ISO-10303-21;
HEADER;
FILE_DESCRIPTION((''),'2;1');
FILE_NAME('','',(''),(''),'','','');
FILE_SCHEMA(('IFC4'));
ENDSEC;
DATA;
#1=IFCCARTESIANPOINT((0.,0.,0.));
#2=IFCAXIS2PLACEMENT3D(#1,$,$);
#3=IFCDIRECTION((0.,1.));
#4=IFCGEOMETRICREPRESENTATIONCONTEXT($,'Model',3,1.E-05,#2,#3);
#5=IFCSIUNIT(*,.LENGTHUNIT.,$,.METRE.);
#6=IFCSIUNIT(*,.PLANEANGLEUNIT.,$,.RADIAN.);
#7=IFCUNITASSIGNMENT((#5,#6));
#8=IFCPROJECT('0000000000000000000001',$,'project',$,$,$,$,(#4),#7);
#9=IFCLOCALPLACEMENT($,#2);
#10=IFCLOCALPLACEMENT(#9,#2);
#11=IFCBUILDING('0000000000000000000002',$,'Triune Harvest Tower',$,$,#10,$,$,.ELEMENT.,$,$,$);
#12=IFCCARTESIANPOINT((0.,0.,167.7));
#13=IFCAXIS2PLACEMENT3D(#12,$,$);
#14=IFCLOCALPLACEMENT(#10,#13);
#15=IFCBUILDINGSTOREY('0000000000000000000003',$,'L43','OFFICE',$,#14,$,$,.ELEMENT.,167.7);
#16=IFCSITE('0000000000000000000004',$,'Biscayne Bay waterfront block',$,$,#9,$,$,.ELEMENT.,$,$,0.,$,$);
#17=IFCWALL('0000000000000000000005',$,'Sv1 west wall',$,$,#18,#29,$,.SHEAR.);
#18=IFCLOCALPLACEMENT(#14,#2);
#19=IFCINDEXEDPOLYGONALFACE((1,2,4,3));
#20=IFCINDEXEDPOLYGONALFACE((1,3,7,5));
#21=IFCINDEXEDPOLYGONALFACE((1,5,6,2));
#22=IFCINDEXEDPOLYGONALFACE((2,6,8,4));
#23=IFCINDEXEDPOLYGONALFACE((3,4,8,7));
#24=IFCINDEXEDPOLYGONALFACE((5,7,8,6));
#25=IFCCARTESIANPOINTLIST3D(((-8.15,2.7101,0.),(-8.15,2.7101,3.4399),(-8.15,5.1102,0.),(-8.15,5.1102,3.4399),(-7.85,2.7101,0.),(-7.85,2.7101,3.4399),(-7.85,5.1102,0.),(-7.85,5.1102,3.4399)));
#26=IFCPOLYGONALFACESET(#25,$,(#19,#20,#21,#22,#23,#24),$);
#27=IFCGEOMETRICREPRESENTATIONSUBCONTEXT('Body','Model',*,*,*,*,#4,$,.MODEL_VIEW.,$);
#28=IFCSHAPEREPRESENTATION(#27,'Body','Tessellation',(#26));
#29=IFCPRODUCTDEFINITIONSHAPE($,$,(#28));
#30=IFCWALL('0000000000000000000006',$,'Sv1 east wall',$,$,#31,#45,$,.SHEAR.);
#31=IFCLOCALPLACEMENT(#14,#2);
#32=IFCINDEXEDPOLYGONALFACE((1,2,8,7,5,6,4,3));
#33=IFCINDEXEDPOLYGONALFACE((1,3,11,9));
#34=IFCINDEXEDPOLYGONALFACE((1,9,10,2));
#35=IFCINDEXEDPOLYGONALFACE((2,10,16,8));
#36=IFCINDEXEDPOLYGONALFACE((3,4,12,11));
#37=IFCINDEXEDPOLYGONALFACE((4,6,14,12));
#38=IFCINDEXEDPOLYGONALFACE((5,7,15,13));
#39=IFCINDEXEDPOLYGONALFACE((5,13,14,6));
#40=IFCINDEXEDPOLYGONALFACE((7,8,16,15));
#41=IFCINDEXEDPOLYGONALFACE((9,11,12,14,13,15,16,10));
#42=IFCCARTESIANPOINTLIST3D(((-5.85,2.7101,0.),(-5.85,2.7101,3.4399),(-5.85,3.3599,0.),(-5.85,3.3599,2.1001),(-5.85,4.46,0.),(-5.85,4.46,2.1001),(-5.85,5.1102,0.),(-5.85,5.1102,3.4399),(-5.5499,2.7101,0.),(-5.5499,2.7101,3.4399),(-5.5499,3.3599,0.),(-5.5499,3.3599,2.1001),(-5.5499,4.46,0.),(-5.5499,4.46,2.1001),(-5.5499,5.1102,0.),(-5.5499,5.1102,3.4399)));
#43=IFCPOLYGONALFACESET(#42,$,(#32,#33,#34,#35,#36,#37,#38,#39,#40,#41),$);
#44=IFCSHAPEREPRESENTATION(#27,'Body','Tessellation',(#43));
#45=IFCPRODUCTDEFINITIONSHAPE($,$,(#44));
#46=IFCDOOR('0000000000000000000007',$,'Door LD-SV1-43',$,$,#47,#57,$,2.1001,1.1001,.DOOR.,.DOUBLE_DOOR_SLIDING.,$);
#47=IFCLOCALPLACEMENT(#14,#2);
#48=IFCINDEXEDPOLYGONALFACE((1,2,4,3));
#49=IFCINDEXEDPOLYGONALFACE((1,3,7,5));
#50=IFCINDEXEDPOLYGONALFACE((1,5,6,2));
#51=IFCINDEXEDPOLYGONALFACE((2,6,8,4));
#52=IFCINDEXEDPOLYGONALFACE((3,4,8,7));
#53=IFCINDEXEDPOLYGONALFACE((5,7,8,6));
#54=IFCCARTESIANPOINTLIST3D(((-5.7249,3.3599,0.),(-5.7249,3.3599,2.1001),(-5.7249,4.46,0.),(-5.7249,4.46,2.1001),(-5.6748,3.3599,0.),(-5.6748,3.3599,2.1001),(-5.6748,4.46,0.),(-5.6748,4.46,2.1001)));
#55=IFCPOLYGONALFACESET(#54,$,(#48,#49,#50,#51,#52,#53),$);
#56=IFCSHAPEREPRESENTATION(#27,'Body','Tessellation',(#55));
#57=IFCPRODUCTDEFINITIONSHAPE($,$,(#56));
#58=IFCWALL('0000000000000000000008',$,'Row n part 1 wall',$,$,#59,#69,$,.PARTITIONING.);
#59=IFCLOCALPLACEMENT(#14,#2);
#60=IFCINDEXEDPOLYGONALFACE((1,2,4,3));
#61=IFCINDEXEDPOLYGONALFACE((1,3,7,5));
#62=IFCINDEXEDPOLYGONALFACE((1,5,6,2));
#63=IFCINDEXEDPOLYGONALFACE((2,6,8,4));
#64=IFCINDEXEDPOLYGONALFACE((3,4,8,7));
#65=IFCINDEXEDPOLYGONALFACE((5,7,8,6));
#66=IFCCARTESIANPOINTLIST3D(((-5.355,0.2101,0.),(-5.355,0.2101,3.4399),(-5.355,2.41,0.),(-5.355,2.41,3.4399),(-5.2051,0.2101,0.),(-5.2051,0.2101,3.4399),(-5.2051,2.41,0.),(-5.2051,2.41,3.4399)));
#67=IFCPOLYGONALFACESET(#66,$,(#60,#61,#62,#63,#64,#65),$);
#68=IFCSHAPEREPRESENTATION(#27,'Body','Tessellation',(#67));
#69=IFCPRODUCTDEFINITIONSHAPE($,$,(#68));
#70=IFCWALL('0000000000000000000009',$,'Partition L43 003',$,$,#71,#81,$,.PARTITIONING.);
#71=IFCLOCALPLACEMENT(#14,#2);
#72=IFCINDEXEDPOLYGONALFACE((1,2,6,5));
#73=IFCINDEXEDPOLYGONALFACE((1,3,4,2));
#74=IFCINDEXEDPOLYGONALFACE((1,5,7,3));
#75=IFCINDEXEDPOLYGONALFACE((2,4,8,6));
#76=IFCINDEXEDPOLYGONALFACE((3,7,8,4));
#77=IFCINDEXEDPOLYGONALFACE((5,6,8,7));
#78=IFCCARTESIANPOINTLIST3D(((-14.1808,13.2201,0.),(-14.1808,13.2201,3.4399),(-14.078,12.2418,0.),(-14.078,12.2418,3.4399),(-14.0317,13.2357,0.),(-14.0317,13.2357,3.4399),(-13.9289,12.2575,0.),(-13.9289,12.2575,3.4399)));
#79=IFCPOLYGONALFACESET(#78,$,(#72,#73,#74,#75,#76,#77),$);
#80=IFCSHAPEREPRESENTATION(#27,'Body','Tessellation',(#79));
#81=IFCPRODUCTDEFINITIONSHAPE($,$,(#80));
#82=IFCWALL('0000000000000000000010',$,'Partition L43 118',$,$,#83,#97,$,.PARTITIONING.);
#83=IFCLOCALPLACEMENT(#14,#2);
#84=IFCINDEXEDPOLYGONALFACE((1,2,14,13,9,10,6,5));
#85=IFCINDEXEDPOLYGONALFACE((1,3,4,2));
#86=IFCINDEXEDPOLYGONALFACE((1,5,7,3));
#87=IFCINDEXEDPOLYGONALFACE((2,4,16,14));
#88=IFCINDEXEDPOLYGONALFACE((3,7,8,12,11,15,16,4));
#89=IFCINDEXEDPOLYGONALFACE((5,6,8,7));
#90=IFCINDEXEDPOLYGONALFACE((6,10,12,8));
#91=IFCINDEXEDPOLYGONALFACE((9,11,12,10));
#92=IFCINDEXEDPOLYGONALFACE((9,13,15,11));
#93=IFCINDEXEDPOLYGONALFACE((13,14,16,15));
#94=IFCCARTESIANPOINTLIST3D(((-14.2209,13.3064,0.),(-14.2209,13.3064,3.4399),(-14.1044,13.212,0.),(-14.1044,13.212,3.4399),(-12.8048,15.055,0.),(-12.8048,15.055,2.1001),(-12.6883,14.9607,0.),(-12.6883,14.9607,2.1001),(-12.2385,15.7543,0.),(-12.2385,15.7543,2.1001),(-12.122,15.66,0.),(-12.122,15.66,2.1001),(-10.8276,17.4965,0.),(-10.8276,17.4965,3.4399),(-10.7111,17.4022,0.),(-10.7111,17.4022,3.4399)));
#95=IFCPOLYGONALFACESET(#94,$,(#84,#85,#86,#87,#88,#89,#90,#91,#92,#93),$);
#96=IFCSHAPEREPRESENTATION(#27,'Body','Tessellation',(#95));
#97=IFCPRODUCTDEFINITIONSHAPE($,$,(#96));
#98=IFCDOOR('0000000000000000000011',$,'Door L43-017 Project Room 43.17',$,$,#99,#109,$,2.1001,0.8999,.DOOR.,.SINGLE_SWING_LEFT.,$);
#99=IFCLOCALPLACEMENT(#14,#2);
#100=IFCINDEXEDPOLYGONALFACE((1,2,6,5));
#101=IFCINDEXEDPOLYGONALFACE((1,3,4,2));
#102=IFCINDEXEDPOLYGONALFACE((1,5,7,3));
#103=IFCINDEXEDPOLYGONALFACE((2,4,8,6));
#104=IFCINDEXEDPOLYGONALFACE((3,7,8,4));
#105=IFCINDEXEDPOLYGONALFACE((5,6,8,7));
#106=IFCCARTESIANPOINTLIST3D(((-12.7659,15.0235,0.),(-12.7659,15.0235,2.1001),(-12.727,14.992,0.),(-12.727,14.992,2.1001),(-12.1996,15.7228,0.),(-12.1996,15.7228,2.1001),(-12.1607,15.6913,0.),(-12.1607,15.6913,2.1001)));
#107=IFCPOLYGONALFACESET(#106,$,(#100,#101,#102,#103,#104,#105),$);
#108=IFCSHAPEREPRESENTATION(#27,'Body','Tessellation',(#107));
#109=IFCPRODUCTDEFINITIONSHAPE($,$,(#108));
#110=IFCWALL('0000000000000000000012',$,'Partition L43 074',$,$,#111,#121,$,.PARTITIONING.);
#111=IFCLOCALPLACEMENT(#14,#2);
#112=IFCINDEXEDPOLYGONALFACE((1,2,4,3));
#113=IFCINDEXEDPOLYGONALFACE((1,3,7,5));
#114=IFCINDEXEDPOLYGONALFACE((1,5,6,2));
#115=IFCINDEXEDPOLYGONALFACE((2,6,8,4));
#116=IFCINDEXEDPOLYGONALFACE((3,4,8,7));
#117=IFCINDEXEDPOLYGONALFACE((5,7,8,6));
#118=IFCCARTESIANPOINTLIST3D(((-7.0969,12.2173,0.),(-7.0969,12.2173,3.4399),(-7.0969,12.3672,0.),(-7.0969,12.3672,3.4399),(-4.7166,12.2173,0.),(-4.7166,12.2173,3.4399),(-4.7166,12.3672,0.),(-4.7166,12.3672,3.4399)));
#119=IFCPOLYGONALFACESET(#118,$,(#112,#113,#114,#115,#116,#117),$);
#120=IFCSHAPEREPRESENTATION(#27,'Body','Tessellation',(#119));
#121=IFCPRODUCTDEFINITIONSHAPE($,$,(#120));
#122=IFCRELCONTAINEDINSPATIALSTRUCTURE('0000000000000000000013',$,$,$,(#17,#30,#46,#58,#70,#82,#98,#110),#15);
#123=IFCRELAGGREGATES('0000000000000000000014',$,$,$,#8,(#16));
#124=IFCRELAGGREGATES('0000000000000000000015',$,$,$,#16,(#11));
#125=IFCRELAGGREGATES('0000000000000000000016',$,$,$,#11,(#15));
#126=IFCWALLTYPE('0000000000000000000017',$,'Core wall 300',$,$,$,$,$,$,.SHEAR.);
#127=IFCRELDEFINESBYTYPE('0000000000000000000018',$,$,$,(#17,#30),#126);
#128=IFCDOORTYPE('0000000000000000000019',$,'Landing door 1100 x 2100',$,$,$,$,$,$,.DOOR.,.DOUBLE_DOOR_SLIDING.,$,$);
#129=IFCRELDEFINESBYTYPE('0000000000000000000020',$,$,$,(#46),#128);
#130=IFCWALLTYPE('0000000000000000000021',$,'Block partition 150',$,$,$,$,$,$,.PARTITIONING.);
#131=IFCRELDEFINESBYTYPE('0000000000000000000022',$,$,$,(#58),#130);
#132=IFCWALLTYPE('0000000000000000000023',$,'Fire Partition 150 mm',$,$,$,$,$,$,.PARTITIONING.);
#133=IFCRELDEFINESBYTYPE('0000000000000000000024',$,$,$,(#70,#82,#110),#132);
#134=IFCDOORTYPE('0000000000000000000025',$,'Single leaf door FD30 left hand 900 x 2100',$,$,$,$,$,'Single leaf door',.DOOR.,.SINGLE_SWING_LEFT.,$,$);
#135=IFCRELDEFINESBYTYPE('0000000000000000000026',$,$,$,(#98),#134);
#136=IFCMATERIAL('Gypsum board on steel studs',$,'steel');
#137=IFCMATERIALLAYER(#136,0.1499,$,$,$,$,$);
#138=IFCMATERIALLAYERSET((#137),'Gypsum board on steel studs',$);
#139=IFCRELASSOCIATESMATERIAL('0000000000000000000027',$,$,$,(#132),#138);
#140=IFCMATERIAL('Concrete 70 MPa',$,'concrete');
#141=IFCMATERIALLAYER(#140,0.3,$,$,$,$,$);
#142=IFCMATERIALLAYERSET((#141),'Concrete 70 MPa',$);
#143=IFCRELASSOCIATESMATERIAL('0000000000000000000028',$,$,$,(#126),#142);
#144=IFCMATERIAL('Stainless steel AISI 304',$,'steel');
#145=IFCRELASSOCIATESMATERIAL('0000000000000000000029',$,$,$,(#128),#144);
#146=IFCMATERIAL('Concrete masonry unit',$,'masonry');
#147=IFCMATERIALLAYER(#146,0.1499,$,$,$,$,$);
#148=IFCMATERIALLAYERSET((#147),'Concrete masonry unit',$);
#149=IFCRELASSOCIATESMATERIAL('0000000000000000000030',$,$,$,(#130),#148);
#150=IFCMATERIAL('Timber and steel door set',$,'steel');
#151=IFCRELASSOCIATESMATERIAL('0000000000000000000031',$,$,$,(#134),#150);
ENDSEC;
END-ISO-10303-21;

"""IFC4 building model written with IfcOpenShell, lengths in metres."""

from ifc_helpers import new_model, si_unit, direction, frame, frame_2d, origin, place, context, subcontext, project, spatial, rectangle, extrude, source, transform, mapped, material, layer, layer_set, type_object, element, fill, save


model = new_model("IFC4")

# Units and contexts
model_context = context("Model", 3, precision=1e-05, world=origin(), true_north=direction((0.0, 1.0)))
body_context = subcontext(model_context, "Body", "Model", "MODEL_VIEW")
ifc_project = project(units=[si_unit("LENGTHUNIT", "METRE"), si_unit("PLANEANGLEUNIT", "RADIAN")], contexts=[model_context])

# Site, building, storey
site_placement = place(None, origin())
site = spatial("IfcSite", under=ifc_project, at=site_placement, Name="Biscayne Bay waterfront block", CompositionType="ELEMENT", RefElevation=0.0)
building_placement = place(site_placement, origin())
building = spatial("IfcBuilding", under=site, at=building_placement, Name="Triune Harvest Tower", CompositionType="ELEMENT")
storey_placement = place(building_placement, frame((0.0, 0.0, 167.7)))
storey = spatial("IfcBuildingStorey", under=building, at=storey_placement, Name="L43", Description="OFFICE", CompositionType="ELEMENT", Elevation=167.7)

# Shared definitions
ifc_material_1 = material(Name="Gypsum board on steel studs", Category="steel")
ifc_layer_1 = layer(ifc_material_1, 0.1499)
ifc_layer_set_1 = layer_set([ifc_layer_1], Name="Gypsum board on steel studs")
wall_type_1 = type_object("IfcWallType", Name="Fire Partition 150 mm", PredefinedType="PARTITIONING", material=ifc_layer_set_1)

# Shared definitions
ifc_material_2 = material(Name="Concrete 70 MPa", Category="concrete")
ifc_layer_2 = layer(ifc_material_2, 0.3)
ifc_layer_set_2 = layer_set([ifc_layer_2], Name="Concrete 70 MPa")
wall_type_2 = type_object("IfcWallType", Name="Core wall 300", PredefinedType="SHEAR", material=ifc_layer_set_2)

# Wall
shared_shape_1 = source(origin(), body_context, "Body", "SweptSolid", [
    extrude(rectangle(XDim=2.4001, YDim=0.3, at=frame_2d((1.2002, 0.0))), origin(), (0.0, 0.0, 1.0), 3.4399),
])
wall_1_placement = place(storey_placement, frame((-8.0, 2.71, 0.0), z_axis=(0.0, 0.0, 1.0), x_axis=(0.0, 1.0, 0.0)))
element("IfcWall", 1, at=wall_1_placement, inside=storey, type_object=wall_type_2, Name="Sv1 west wall", PredefinedType="SHEAR", context=body_context, shape_type="MappedRepresentation", body=[
    mapped(shared_shape_1, transform((0.0, 0.0, 0.0), scale=1.0)),
])

# Wall, opening, door
wall_2_placement = place(storey_placement, frame((-5.7, 2.71, 0.0), z_axis=(0.0, 0.0, 1.0), x_axis=(0.0, 1.0, 0.0)))
wall_2 = element("IfcWall", 2, at=wall_2_placement, inside=storey, type_object=wall_type_2, Name="Sv1 east wall", PredefinedType="SHEAR", context=body_context, shape_type="MappedRepresentation", body=[
    mapped(shared_shape_1, transform((0.0, 0.0, 0.0), scale=1.0)),
])
opening_1_placement = place(wall_2_placement, frame((0.6499, 0.0, 0.0)))
opening_1 = element("IfcOpeningElement", 3, at=opening_1_placement, cuts=wall_2, PredefinedType="OPENING", context=body_context, shape_type="SweptSolid", body=[
    extrude(rectangle(XDim=1.1001, YDim=2.1001, at=frame_2d((0.55, 1.05))), frame((0.0, 0.1602, 0.0), z_axis=(0.0, -1.0, 0.0), x_axis=(1.0, 0.0, 0.0)), (0.0, 0.0, 1.0), 0.3201),
])
ifc_material_3 = material(Name="Stainless steel AISI 304", Category="steel")
door_type_1 = type_object("IfcDoorType", Name="Landing door 1100 x 2100", OperationType="DOUBLE_DOOR_SLIDING", PredefinedType="DOOR", material=ifc_material_3)
door_1_placement = place(opening_1_placement, origin())
door_1 = element("IfcDoor", 4, at=door_1_placement, inside=storey, type_object=door_type_1, Name="Door LD-SV1-43", OperationType="DOUBLE_DOOR_SLIDING", OverallHeight=2.1001, OverallWidth=1.1001, PredefinedType="DOOR", context=body_context, shape_type="SweptSolid", body=[
    extrude(rectangle(XDim=1.1001, YDim=2.1001, at=frame_2d((0.55, 1.05))), frame((0.0, 0.0249, 0.0), z_axis=(0.0, -1.0, 0.0), x_axis=(1.0, 0.0, 0.0)), (0.0, 0.0, 1.0), 0.05),
])
fill(opening_1, door_1)

# Walls
ifc_material_4 = material(Name="Concrete masonry unit", Category="masonry")
ifc_layer_3 = layer(ifc_material_4, 0.1499)
ifc_layer_set_3 = layer_set([ifc_layer_3], Name="Concrete masonry unit")
wall_type_3 = type_object("IfcWallType", Name="Block partition 150", PredefinedType="PARTITIONING", material=ifc_layer_set_3)
shared_shape_2 = source(origin(), body_context, "Body", "SweptSolid", [
    extrude(rectangle(XDim=2.2, YDim=0.1499, at=frame_2d((1.1001, 0.0))), origin(), (0.0, 0.0, 1.0), 3.4399),
])
wall_3_placement = place(storey_placement, frame((-5.28, 0.21, 0.0), z_axis=(0.0, 0.0, 1.0), x_axis=(0.0, 1.0, 0.0)))
element("IfcWall", 5, at=wall_3_placement, inside=storey, type_object=wall_type_3, Name="Row n part 1 wall", PredefinedType="PARTITIONING", context=body_context, shape_type="MappedRepresentation", body=[
    mapped(shared_shape_2, transform((0.0, 0.0, 0.0), scale=1.0)),
])
shared_shape_3 = source(origin(), body_context, "Body", "SweptSolid", [
    extrude(rectangle(XDim=0.9836, YDim=0.1499, at=frame_2d((0.4917, 0.0))), origin(), (0.0, 0.0, 1.0), 3.4399),
])
wall_4_placement = place(storey_placement, frame((-14.1062, 13.2278, 0.0), z_axis=(0.0, 0.0, 1.0), x_axis=(0.104491, -0.994526, 0.0)))
element("IfcWall", 6, at=wall_4_placement, inside=storey, type_object=wall_type_1, Name="Partition L43 003", PredefinedType="PARTITIONING", context=body_context, shape_type="MappedRepresentation", body=[
    mapped(shared_shape_3, transform((0.0, 0.0, 0.0), scale=1.0)),
])

# Wall, opening, door
shared_shape_4 = source(origin(), body_context, "Body", "SweptSolid", [
    extrude(rectangle(XDim=5.3918, YDim=0.1499, at=frame_2d((2.6958, 0.0))), origin(), (0.0, 0.0, 1.0), 3.4399),
])
wall_5_placement = place(storey_placement, frame((-14.1626, 13.2593, 0.0), z_axis=(0.0, 0.0, 1.0), x_axis=(0.629339, 0.777131, 0.0)))
wall_5 = element("IfcWall", 7, at=wall_5_placement, inside=storey, type_object=wall_type_1, Name="Partition L43 118", PredefinedType="PARTITIONING", context=body_context, shape_type="MappedRepresentation", body=[
    mapped(shared_shape_4, transform((0.0, 0.0, 0.0), scale=1.0)),
])
opening_2_placement = place(wall_5_placement, frame((2.25, 0.0, 0.0)))
opening_2 = element("IfcOpeningElement", 8, at=opening_2_placement, cuts=wall_5, PredefinedType="OPENING", context=body_context, shape_type="SweptSolid", body=[
    extrude(rectangle(XDim=0.8999, YDim=2.1001, at=frame_2d((0.45, 1.05))), frame((0.0, 0.085, 0.0), z_axis=(0.0, -1.0, 0.0), x_axis=(1.0, 0.0, 0.0)), (0.0, 0.0, 1.0), 0.1699),
])
ifc_material_5 = material(Name="Timber and steel door set", Category="steel")
door_type_2 = type_object("IfcDoorType", Name="Single leaf door FD30 left hand 900 x 2100", ElementType="Single leaf door", OperationType="SINGLE_SWING_LEFT", PredefinedType="DOOR", material=ifc_material_5)
door_2_placement = place(opening_2_placement, origin())
door_2 = element("IfcDoor", 9, at=door_2_placement, inside=storey, type_object=door_type_2, Name="Door L43-017 Project Room 43.17", OperationType="SINGLE_SWING_LEFT", OverallHeight=2.1001, OverallWidth=0.8999, PredefinedType="DOOR", context=body_context, shape_type="SweptSolid", body=[
    extrude(rectangle(XDim=0.8999, YDim=2.1001, at=frame_2d((0.45, 1.05))), frame((0.0, 0.0249, 0.0), z_axis=(0.0, -1.0, 0.0), x_axis=(1.0, 0.0, 0.0)), (0.0, 0.0, 1.0), 0.05),
])
fill(opening_2, door_2)

# Wall
shared_shape_5 = source(origin(), body_context, "Body", "SweptSolid", [
    extrude(rectangle(XDim=2.3804, YDim=0.1499, at=frame_2d((1.1902, 0.0))), origin(), (0.0, 0.0, 1.0), 3.4399),
])
wall_6_placement = place(storey_placement, frame((-7.0969, 12.2922, 0.0), z_axis=(0.0, 0.0, 1.0), x_axis=(1.0, 0.0, 0.0)))
element("IfcWall", 10, at=wall_6_placement, inside=storey, type_object=wall_type_1, Name="Partition L43 074", PredefinedType="PARTITIONING", context=body_context, shape_type="MappedRepresentation", body=[
    mapped(shared_shape_5, transform((0.0, 0.0, 0.0), scale=1.0)),
])

save(model, "model.ifc")
